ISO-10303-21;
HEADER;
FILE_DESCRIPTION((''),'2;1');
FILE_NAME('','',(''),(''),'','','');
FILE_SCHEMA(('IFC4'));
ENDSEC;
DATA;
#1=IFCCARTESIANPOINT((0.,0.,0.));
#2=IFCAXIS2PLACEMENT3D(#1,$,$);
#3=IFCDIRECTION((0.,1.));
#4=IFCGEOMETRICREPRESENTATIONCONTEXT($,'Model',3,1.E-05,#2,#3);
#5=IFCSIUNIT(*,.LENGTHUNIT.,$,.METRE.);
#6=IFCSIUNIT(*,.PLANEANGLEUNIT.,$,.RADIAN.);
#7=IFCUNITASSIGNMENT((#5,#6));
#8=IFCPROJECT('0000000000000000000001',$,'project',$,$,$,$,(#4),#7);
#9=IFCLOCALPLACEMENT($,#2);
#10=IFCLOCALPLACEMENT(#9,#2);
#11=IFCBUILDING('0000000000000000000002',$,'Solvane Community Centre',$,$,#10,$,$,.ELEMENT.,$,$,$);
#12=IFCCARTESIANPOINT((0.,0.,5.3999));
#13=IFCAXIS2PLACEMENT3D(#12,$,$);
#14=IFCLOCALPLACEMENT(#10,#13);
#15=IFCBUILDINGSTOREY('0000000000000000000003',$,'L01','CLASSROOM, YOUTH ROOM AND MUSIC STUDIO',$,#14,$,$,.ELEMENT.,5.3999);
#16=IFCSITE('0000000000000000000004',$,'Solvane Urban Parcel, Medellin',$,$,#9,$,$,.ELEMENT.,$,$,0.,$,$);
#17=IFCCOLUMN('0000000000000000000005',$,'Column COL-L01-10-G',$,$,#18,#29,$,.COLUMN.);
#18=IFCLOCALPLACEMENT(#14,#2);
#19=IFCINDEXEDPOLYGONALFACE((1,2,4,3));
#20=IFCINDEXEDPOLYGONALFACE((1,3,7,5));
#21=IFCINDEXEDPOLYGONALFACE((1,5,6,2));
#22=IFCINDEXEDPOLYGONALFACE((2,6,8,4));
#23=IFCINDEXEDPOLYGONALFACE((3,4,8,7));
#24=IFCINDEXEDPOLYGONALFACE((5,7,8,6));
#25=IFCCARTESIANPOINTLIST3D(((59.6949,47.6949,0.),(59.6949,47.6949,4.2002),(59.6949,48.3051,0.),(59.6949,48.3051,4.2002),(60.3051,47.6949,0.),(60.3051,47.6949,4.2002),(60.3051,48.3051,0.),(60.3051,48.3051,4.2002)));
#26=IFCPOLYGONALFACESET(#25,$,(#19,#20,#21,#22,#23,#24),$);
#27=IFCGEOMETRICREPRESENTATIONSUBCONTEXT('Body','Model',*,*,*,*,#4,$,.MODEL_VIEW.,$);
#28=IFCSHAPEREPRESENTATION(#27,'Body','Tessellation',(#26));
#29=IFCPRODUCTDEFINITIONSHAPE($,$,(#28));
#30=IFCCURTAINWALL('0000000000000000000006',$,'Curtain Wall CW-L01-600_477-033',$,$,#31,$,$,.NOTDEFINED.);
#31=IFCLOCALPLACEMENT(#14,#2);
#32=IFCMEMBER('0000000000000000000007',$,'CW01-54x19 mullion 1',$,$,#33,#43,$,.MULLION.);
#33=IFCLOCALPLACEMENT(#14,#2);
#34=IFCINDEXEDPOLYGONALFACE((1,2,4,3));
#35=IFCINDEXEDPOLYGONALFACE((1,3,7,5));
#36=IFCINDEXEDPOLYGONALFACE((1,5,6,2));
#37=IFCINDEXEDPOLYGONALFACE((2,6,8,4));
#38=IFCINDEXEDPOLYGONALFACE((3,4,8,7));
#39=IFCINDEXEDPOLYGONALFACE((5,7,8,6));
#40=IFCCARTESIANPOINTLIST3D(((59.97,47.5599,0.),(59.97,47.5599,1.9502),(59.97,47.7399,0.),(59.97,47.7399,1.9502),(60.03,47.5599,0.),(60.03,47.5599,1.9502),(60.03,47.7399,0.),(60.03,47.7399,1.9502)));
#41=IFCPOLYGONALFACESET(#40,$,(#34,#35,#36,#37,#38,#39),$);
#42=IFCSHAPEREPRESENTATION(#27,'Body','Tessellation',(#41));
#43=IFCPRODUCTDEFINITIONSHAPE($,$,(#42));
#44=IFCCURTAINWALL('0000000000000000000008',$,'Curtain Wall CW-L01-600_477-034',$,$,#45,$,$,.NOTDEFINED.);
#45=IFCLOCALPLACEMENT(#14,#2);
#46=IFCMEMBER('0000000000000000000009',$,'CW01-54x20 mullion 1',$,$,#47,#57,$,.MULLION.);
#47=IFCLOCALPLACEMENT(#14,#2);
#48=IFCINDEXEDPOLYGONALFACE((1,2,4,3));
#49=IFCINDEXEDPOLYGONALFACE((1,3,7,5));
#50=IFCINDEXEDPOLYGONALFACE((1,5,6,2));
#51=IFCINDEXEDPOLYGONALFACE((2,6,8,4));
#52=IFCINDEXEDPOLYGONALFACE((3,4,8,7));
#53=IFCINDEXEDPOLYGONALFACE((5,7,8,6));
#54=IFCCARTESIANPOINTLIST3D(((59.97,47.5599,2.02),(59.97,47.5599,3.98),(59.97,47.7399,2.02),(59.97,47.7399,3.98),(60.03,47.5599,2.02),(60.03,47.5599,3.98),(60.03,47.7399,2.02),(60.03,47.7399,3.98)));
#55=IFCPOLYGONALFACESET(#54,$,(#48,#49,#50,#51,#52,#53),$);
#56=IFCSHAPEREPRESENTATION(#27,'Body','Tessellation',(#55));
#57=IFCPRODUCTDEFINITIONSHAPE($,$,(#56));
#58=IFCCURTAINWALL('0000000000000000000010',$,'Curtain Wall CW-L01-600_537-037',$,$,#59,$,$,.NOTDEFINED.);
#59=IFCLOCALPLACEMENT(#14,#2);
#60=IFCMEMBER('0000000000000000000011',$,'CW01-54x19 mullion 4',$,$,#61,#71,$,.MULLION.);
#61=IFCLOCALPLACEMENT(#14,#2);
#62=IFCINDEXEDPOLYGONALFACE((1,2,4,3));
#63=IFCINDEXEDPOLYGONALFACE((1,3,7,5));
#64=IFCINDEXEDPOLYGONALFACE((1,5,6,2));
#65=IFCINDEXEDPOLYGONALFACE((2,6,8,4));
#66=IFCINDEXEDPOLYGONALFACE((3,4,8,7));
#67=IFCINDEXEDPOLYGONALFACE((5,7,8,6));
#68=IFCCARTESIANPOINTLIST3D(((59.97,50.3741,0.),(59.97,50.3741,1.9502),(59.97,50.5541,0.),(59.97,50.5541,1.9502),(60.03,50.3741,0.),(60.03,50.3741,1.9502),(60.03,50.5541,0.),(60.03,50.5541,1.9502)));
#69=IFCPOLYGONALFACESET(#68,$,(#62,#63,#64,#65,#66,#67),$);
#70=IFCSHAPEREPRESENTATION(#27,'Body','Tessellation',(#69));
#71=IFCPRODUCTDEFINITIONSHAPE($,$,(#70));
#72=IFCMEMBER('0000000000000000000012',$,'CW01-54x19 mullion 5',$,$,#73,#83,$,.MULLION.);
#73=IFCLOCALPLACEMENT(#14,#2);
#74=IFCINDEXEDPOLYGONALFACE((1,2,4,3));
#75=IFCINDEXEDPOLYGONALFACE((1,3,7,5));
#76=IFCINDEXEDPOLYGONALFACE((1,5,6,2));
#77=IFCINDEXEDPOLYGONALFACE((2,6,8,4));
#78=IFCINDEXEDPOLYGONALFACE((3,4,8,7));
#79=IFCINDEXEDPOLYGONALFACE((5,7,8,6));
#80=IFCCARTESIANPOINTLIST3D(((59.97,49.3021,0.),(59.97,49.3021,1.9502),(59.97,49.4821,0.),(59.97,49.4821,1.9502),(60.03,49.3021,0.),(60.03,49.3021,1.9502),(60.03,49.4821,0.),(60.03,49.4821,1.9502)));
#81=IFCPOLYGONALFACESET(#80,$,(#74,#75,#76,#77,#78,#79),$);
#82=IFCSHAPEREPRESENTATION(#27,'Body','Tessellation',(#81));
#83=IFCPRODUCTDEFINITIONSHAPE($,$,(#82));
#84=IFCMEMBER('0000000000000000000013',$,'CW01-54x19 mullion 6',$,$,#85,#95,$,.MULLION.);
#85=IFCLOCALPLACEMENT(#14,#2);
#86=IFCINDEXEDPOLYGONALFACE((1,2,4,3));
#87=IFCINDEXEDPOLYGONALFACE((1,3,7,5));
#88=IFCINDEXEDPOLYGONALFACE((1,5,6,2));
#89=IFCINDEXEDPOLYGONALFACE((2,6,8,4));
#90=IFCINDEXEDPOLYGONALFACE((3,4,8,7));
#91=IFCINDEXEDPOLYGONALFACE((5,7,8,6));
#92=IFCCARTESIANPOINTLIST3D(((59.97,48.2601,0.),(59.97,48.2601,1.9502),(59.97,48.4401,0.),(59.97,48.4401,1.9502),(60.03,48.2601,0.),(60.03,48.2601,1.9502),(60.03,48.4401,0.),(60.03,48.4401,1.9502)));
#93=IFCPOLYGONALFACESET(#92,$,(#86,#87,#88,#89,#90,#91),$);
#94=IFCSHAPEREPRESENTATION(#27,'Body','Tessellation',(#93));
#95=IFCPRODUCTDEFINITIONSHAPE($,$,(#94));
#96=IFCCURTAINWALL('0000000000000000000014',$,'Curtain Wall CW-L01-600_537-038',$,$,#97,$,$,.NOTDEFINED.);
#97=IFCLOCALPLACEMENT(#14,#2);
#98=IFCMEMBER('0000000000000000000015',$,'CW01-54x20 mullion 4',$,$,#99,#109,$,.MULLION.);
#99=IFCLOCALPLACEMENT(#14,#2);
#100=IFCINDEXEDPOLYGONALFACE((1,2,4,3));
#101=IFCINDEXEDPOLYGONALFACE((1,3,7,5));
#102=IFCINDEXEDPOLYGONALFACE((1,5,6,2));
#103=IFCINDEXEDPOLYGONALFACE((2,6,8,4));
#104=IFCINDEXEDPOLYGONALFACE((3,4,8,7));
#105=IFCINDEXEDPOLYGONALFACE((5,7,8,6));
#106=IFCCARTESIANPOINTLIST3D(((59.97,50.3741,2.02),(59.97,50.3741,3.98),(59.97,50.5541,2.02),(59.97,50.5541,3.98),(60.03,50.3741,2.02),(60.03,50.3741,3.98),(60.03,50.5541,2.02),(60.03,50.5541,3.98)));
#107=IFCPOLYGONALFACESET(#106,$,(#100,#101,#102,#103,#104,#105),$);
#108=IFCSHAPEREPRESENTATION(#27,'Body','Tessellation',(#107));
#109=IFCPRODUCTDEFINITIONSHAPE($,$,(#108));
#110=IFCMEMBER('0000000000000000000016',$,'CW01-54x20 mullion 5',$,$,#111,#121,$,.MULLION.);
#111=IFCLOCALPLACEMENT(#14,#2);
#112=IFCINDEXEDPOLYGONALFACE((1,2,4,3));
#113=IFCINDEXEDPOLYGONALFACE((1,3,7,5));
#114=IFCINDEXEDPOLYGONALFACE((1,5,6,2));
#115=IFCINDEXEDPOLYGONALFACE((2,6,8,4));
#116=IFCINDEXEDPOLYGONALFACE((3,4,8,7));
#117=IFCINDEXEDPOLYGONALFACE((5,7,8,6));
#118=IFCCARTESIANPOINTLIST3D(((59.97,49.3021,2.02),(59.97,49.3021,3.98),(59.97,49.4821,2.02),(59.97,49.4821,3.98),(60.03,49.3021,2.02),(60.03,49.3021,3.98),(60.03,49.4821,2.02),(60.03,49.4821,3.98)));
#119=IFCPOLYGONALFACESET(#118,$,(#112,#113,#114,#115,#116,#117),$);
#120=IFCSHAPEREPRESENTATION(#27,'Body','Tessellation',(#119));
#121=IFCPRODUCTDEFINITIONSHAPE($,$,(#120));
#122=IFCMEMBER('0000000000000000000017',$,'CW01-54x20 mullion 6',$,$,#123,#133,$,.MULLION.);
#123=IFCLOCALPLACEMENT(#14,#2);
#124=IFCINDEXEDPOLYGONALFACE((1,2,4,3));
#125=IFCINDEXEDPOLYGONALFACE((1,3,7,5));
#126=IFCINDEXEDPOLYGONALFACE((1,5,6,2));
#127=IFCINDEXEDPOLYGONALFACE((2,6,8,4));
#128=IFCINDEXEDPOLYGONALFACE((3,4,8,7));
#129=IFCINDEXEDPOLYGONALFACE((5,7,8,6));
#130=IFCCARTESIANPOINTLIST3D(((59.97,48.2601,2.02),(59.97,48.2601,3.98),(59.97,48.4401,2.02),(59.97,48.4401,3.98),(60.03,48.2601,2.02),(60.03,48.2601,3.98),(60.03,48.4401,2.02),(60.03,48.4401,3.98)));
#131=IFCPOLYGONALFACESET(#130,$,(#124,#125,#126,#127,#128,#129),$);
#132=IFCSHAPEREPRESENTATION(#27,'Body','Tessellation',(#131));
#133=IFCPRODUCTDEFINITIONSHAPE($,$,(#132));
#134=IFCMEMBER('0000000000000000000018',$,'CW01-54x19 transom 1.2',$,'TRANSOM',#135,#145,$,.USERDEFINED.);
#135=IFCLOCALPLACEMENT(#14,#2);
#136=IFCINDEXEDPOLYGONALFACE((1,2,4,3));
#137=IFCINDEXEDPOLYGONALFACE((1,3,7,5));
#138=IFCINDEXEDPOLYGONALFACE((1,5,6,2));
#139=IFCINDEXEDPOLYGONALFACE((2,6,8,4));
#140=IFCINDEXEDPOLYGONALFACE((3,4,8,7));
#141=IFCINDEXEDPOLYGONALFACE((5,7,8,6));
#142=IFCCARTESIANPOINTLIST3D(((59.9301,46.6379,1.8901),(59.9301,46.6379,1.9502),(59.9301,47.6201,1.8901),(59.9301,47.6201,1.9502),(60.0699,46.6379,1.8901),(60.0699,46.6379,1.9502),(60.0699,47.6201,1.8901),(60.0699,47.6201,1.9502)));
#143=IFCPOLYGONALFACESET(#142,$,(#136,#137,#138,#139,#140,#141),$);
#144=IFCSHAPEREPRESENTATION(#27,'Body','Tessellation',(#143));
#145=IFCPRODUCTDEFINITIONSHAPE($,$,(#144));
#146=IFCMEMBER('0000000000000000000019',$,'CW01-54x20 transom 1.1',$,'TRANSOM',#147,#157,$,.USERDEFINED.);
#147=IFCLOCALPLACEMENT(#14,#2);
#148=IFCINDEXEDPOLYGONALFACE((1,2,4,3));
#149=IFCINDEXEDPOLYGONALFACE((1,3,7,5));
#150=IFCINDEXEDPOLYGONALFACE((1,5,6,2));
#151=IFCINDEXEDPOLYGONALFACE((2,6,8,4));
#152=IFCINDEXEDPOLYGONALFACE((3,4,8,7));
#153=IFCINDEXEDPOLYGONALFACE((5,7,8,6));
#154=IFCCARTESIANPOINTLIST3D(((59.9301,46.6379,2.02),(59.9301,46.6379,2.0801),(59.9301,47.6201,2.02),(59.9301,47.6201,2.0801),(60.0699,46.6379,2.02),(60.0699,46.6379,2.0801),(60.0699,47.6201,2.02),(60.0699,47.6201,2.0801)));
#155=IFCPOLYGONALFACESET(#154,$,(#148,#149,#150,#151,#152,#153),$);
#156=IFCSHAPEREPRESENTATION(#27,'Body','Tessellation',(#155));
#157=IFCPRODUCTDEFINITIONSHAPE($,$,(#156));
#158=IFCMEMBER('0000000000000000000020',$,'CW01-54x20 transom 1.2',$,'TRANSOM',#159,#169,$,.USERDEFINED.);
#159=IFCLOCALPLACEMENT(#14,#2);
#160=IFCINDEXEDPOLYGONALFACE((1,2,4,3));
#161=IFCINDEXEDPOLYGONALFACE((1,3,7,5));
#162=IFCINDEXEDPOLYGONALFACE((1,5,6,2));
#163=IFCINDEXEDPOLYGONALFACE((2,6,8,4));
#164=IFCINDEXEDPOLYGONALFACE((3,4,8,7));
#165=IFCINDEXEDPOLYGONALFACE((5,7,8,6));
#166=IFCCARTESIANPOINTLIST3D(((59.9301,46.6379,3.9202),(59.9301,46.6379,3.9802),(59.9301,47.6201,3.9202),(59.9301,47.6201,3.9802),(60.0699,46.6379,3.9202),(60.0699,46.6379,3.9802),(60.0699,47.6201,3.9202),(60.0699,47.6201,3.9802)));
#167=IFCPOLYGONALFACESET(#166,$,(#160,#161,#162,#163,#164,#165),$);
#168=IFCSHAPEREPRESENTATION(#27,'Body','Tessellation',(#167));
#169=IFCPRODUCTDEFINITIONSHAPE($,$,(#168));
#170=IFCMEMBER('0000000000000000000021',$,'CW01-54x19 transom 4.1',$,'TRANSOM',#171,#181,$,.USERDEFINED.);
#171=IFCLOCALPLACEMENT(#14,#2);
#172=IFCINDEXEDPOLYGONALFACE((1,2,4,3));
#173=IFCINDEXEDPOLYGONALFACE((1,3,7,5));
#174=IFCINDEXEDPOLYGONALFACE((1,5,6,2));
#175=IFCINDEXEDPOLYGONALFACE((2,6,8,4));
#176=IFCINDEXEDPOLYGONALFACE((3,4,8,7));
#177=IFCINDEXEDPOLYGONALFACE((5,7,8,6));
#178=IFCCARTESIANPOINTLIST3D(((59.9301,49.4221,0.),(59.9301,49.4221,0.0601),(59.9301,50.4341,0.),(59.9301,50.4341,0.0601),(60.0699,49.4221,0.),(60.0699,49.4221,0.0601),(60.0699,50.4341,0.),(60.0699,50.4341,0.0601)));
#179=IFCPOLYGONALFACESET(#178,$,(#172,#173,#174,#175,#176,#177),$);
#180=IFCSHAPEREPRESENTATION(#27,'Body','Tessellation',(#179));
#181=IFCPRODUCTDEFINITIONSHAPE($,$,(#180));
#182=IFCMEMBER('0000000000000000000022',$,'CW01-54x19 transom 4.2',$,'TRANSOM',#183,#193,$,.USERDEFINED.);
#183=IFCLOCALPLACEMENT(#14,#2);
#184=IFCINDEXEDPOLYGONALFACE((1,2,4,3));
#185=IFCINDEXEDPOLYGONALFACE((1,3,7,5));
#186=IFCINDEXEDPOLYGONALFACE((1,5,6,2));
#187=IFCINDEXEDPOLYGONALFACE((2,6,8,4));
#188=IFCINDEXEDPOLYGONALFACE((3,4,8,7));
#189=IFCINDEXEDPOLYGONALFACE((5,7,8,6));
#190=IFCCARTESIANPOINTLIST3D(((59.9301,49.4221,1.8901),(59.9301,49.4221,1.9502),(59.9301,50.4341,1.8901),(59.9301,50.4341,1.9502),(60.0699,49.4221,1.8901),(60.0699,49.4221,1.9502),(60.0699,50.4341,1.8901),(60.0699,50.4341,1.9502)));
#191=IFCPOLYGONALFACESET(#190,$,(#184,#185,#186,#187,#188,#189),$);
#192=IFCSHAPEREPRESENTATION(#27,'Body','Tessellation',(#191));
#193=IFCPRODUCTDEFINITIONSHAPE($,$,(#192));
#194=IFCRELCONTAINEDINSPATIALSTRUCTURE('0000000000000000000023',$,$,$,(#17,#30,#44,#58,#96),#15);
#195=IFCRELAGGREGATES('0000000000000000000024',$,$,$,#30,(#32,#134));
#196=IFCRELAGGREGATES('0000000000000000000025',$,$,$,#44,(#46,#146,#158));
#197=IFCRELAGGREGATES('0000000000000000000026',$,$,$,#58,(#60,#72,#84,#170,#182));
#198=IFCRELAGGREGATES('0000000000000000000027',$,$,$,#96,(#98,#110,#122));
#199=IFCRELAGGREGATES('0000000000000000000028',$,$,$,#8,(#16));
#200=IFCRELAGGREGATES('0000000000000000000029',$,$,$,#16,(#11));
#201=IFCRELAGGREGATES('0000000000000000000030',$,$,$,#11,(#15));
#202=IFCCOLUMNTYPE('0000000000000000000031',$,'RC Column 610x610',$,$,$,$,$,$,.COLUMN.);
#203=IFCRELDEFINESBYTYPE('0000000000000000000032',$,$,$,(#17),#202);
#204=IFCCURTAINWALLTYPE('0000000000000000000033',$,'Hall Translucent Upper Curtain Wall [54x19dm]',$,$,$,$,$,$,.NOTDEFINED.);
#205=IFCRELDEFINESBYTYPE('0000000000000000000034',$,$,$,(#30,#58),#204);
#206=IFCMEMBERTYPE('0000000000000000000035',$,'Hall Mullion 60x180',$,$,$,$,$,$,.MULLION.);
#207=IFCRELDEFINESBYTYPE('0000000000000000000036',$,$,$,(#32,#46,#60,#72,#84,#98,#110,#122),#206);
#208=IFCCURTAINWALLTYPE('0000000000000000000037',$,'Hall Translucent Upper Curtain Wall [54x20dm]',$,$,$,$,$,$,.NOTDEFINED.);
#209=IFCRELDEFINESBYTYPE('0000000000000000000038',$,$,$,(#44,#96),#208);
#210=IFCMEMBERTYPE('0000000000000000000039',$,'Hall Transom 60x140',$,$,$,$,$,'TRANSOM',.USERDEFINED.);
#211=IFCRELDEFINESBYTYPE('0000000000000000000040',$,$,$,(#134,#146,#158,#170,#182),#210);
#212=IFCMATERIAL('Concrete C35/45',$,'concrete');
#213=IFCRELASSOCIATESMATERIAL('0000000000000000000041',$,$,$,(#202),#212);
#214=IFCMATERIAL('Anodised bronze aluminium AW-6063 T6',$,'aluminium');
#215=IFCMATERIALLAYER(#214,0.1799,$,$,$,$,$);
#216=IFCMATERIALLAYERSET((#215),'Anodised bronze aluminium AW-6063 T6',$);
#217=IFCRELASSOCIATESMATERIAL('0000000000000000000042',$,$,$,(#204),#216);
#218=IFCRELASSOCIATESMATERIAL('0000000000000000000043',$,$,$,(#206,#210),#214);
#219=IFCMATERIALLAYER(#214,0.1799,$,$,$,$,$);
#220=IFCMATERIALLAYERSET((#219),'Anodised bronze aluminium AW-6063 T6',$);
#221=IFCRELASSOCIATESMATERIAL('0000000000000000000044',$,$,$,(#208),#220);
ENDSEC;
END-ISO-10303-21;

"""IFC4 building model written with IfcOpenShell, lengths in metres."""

from ifc_helpers import new_model, si_unit, direction, frame, origin, origin_2d, place, context, subcontext, project, spatial, rectangle, extrude, material, layer, layer_set, material_profile, profile_set, type_object, element, aggregate, save


model = new_model("IFC4")

# Units and contexts
model_context = context("Model", 3, precision=1e-05, world=origin(), true_north=direction((0.0, 1.0)))
body_context = subcontext(model_context, "Body", "Model", "MODEL_VIEW")
ifc_project = project(units=[si_unit("LENGTHUNIT", "METRE"), si_unit("PLANEANGLEUNIT", "RADIAN")], contexts=[model_context])

# Site, building, storey
site_placement = place(None, origin())
site = spatial("IfcSite", under=ifc_project, at=site_placement, Name="Solvane Urban Parcel, Medellin", CompositionType="ELEMENT", RefElevation=0.0)
building_placement = place(site_placement, origin())
building = spatial("IfcBuilding", under=site, at=building_placement, Name="Solvane Community Centre", CompositionType="ELEMENT")
storey_placement = place(building_placement, frame((0.0, 0.0, 5.3999)))
storey = spatial("IfcBuildingStorey", under=building, at=storey_placement, Name="L01", Description="CLASSROOM, YOUTH ROOM AND MUSIC STUDIO", CompositionType="ELEMENT", Elevation=5.3999)

# Column
ifc_material_1 = material(Name="Concrete C35/45", Category="concrete")
ifc_material_profile_1 = material_profile(ifc_material_1, rectangle(XDim=0.6101, YDim=0.6101, at=origin_2d()), Name="RC 610x610")
ifc_profile_set_1 = profile_set([ifc_material_profile_1], Name="Concrete C35/45")
column_type = type_object("IfcColumnType", Name="RC Column 610x610", PredefinedType="COLUMN", material=ifc_profile_set_1)
column_placement = place(storey_placement, frame((60.0, 48.0, 0.0), z_axis=(0.0, 0.0, 1.0), x_axis=(1.0, 0.0, 0.0)))
element("IfcColumn", 1, at=column_placement, inside=storey, type_object=column_type, Name="Column COL-L01-10-G", PredefinedType="COLUMN", context=body_context, shape_type="SweptSolid", body=[
    extrude(rectangle(XDim=0.6101, YDim=0.6101, at=origin_2d()), origin(), (0.0, 0.0, 1.0), 4.2002),
])

# Curtain walls, members
ifc_material_2 = material(Name="Anodised bronze aluminium AW-6063 T6", Category="aluminium")
ifc_layer_1 = layer(ifc_material_2, 0.1799)
ifc_layer_set_1 = layer_set([ifc_layer_1], Name="Anodised bronze aluminium AW-6063 T6")
curtain_wall_type_1 = type_object("IfcCurtainWallType", Name="Hall Translucent Upper Curtain Wall [54x19dm]", PredefinedType="NOTDEFINED", material=ifc_layer_set_1)
curtain_wall_1_placement = place(storey_placement, origin())
curtain_wall_1 = element("IfcCurtainWall", 2, at=curtain_wall_1_placement, inside=storey, type_object=curtain_wall_type_1, Name="Curtain Wall CW-L01-600_477-033", PredefinedType="NOTDEFINED")
ifc_material_profile_2 = material_profile(ifc_material_2, rectangle(XDim=0.0601, YDim=0.1799, at=origin_2d()), Name="CW-M 60x180")
ifc_profile_set_2 = profile_set([ifc_material_profile_2], Name="Anodised bronze aluminium AW-6063 T6")
member_type_1 = type_object("IfcMemberType", Name="Hall Mullion 60x180", PredefinedType="MULLION", material=ifc_profile_set_2)
member_1_placement = place(storey_placement, frame((60.0, 47.6499, 0.0), z_axis=(0.0, 0.0, 1.0), x_axis=(1.0, 0.0, 0.0)))
member_1 = element("IfcMember", 3, at=member_1_placement, type_object=member_type_1, Name="CW01-54x19 mullion 1", PredefinedType="MULLION", context=body_context, shape_type="SweptSolid", body=[
    extrude(rectangle(XDim=0.0601, YDim=0.1799, at=origin_2d()), origin(), (0.0, 0.0, 1.0), 1.9502),
])
ifc_layer_2 = layer(ifc_material_2, 0.1799)
ifc_layer_set_2 = layer_set([ifc_layer_2], Name="Anodised bronze aluminium AW-6063 T6")
curtain_wall_type_2 = type_object("IfcCurtainWallType", Name="Hall Translucent Upper Curtain Wall [54x20dm]", PredefinedType="NOTDEFINED", material=ifc_layer_set_2)
curtain_wall_2_placement = place(storey_placement, origin())
curtain_wall_2 = element("IfcCurtainWall", 4, at=curtain_wall_2_placement, inside=storey, type_object=curtain_wall_type_2, Name="Curtain Wall CW-L01-600_477-034", PredefinedType="NOTDEFINED")
member_2_placement = place(storey_placement, frame((60.0, 47.6499, 2.02), z_axis=(0.0, 0.0, 1.0), x_axis=(1.0, 0.0, 0.0)))
member_2 = element("IfcMember", 5, at=member_2_placement, type_object=member_type_1, Name="CW01-54x20 mullion 1", PredefinedType="MULLION", context=body_context, shape_type="SweptSolid", body=[
    extrude(rectangle(XDim=0.0601, YDim=0.1799, at=origin_2d()), origin(), (0.0, 0.0, 1.0), 1.96),
])

# Curtain walls, members
curtain_wall_3_placement = place(storey_placement, origin())
curtain_wall_3 = element("IfcCurtainWall", 6, at=curtain_wall_3_placement, inside=storey, type_object=curtain_wall_type_1, Name="Curtain Wall CW-L01-600_537-037", PredefinedType="NOTDEFINED")
member_3_placement = place(storey_placement, frame((60.0, 50.4641, 0.0), z_axis=(0.0, 0.0, 1.0), x_axis=(1.0, 0.0, 0.0)))
member_3 = element("IfcMember", 7, at=member_3_placement, type_object=member_type_1, Name="CW01-54x19 mullion 4", PredefinedType="MULLION", context=body_context, shape_type="SweptSolid", body=[
    extrude(rectangle(XDim=0.0601, YDim=0.1799, at=origin_2d()), origin(), (0.0, 0.0, 1.0), 1.9502),
])
member_4_placement = place(storey_placement, frame((60.0, 49.3921, 0.0), z_axis=(0.0, 0.0, 1.0), x_axis=(1.0, 0.0, 0.0)))
member_4 = element("IfcMember", 8, at=member_4_placement, type_object=member_type_1, Name="CW01-54x19 mullion 5", PredefinedType="MULLION", context=body_context, shape_type="SweptSolid", body=[
    extrude(rectangle(XDim=0.0601, YDim=0.1799, at=origin_2d()), origin(), (0.0, 0.0, 1.0), 1.9502),
])
member_5_placement = place(storey_placement, frame((60.0, 48.3501, 0.0), z_axis=(0.0, 0.0, 1.0), x_axis=(1.0, 0.0, 0.0)))
member_5 = element("IfcMember", 9, at=member_5_placement, type_object=member_type_1, Name="CW01-54x19 mullion 6", PredefinedType="MULLION", context=body_context, shape_type="SweptSolid", body=[
    extrude(rectangle(XDim=0.0601, YDim=0.1799, at=origin_2d()), origin(), (0.0, 0.0, 1.0), 1.9502),
])
curtain_wall_4_placement = place(storey_placement, origin())
curtain_wall_4 = element("IfcCurtainWall", 10, at=curtain_wall_4_placement, inside=storey, type_object=curtain_wall_type_2, Name="Curtain Wall CW-L01-600_537-038", PredefinedType="NOTDEFINED")
member_6_placement = place(storey_placement, frame((60.0, 50.4641, 2.02), z_axis=(0.0, 0.0, 1.0), x_axis=(1.0, 0.0, 0.0)))
member_6 = element("IfcMember", 11, at=member_6_placement, type_object=member_type_1, Name="CW01-54x20 mullion 4", PredefinedType="MULLION", context=body_context, shape_type="SweptSolid", body=[
    extrude(rectangle(XDim=0.0601, YDim=0.1799, at=origin_2d()), origin(), (0.0, 0.0, 1.0), 1.96),
])
member_7_placement = place(storey_placement, frame((60.0, 49.3921, 2.02), z_axis=(0.0, 0.0, 1.0), x_axis=(1.0, 0.0, 0.0)))
member_7 = element("IfcMember", 12, at=member_7_placement, type_object=member_type_1, Name="CW01-54x20 mullion 5", PredefinedType="MULLION", context=body_context, shape_type="SweptSolid", body=[
    extrude(rectangle(XDim=0.0601, YDim=0.1799, at=origin_2d()), origin(), (0.0, 0.0, 1.0), 1.96),
])
member_8_placement = place(storey_placement, frame((60.0, 48.3501, 2.02), z_axis=(0.0, 0.0, 1.0), x_axis=(1.0, 0.0, 0.0)))
member_8 = element("IfcMember", 13, at=member_8_placement, type_object=member_type_1, Name="CW01-54x20 mullion 6", PredefinedType="MULLION", context=body_context, shape_type="SweptSolid", body=[
    extrude(rectangle(XDim=0.0601, YDim=0.1799, at=origin_2d()), origin(), (0.0, 0.0, 1.0), 1.96),
])

# Members
ifc_material_profile_3 = material_profile(ifc_material_2, rectangle(XDim=0.1399, YDim=0.0601, at=origin_2d()), Name="CW-T 60x140")
ifc_profile_set_3 = profile_set([ifc_material_profile_3], Name="Anodised bronze aluminium AW-6063 T6")
member_type_2 = type_object("IfcMemberType", Name="Hall Transom 60x140", ElementType="TRANSOM", PredefinedType="USERDEFINED", material=ifc_profile_set_3)
member_9_placement = place(storey_placement, frame((60.0, 47.6201, 1.9202), z_axis=(0.0, -1.0, 0.0), x_axis=(1.0, 0.0, 0.0)))
member_9 = element("IfcMember", 14, at=member_9_placement, type_object=member_type_2, Name="CW01-54x19 transom 1.2", ObjectType="TRANSOM", PredefinedType="USERDEFINED", context=body_context, shape_type="SweptSolid", body=[
    extrude(rectangle(XDim=0.1399, YDim=0.0601, at=origin_2d()), origin(), (0.0, 0.0, 1.0), 0.9822),
])
aggregate(curtain_wall_1, [member_1, member_9])
member_10_placement = place(storey_placement, frame((60.0, 47.6201, 2.05), z_axis=(0.0, -1.0, 0.0), x_axis=(1.0, 0.0, 0.0)))
member_10 = element("IfcMember", 15, at=member_10_placement, type_object=member_type_2, Name="CW01-54x20 transom 1.1", ObjectType="TRANSOM", PredefinedType="USERDEFINED", context=body_context, shape_type="SweptSolid", body=[
    extrude(rectangle(XDim=0.1399, YDim=0.0601, at=origin_2d()), origin(), (0.0, 0.0, 1.0), 0.9822),
])
member_11_placement = place(storey_placement, frame((60.0, 47.6201, 3.9502), z_axis=(0.0, -1.0, 0.0), x_axis=(1.0, 0.0, 0.0)))
member_11 = element("IfcMember", 16, at=member_11_placement, type_object=member_type_2, Name="CW01-54x20 transom 1.2", ObjectType="TRANSOM", PredefinedType="USERDEFINED", context=body_context, shape_type="SweptSolid", body=[
    extrude(rectangle(XDim=0.1399, YDim=0.0601, at=origin_2d()), origin(), (0.0, 0.0, 1.0), 0.9822),
])
aggregate(curtain_wall_2, [member_2, member_10, member_11])
member_12_placement = place(storey_placement, frame((60.0, 50.4341, 0.03), z_axis=(0.0, -1.0, 0.0), x_axis=(1.0, 0.0, 0.0)))
member_12 = element("IfcMember", 17, at=member_12_placement, type_object=member_type_2, Name="CW01-54x19 transom 4.1", ObjectType="TRANSOM", PredefinedType="USERDEFINED", context=body_context, shape_type="SweptSolid", body=[
    extrude(rectangle(XDim=0.1399, YDim=0.0601, at=origin_2d()), origin(), (0.0, 0.0, 1.0), 1.012),
])
member_13_placement = place(storey_placement, frame((60.0, 50.4341, 1.9202), z_axis=(0.0, -1.0, 0.0), x_axis=(1.0, 0.0, 0.0)))
member_13 = element("IfcMember", 18, at=member_13_placement, type_object=member_type_2, Name="CW01-54x19 transom 4.2", ObjectType="TRANSOM", PredefinedType="USERDEFINED", context=body_context, shape_type="SweptSolid", body=[
    extrude(rectangle(XDim=0.1399, YDim=0.0601, at=origin_2d()), origin(), (0.0, 0.0, 1.0), 1.012),
])

aggregate(curtain_wall_3, [member_3, member_4, member_5, member_12, member_13])
aggregate(curtain_wall_4, [member_6, member_7, member_8])

save(model, "model.ifc")
